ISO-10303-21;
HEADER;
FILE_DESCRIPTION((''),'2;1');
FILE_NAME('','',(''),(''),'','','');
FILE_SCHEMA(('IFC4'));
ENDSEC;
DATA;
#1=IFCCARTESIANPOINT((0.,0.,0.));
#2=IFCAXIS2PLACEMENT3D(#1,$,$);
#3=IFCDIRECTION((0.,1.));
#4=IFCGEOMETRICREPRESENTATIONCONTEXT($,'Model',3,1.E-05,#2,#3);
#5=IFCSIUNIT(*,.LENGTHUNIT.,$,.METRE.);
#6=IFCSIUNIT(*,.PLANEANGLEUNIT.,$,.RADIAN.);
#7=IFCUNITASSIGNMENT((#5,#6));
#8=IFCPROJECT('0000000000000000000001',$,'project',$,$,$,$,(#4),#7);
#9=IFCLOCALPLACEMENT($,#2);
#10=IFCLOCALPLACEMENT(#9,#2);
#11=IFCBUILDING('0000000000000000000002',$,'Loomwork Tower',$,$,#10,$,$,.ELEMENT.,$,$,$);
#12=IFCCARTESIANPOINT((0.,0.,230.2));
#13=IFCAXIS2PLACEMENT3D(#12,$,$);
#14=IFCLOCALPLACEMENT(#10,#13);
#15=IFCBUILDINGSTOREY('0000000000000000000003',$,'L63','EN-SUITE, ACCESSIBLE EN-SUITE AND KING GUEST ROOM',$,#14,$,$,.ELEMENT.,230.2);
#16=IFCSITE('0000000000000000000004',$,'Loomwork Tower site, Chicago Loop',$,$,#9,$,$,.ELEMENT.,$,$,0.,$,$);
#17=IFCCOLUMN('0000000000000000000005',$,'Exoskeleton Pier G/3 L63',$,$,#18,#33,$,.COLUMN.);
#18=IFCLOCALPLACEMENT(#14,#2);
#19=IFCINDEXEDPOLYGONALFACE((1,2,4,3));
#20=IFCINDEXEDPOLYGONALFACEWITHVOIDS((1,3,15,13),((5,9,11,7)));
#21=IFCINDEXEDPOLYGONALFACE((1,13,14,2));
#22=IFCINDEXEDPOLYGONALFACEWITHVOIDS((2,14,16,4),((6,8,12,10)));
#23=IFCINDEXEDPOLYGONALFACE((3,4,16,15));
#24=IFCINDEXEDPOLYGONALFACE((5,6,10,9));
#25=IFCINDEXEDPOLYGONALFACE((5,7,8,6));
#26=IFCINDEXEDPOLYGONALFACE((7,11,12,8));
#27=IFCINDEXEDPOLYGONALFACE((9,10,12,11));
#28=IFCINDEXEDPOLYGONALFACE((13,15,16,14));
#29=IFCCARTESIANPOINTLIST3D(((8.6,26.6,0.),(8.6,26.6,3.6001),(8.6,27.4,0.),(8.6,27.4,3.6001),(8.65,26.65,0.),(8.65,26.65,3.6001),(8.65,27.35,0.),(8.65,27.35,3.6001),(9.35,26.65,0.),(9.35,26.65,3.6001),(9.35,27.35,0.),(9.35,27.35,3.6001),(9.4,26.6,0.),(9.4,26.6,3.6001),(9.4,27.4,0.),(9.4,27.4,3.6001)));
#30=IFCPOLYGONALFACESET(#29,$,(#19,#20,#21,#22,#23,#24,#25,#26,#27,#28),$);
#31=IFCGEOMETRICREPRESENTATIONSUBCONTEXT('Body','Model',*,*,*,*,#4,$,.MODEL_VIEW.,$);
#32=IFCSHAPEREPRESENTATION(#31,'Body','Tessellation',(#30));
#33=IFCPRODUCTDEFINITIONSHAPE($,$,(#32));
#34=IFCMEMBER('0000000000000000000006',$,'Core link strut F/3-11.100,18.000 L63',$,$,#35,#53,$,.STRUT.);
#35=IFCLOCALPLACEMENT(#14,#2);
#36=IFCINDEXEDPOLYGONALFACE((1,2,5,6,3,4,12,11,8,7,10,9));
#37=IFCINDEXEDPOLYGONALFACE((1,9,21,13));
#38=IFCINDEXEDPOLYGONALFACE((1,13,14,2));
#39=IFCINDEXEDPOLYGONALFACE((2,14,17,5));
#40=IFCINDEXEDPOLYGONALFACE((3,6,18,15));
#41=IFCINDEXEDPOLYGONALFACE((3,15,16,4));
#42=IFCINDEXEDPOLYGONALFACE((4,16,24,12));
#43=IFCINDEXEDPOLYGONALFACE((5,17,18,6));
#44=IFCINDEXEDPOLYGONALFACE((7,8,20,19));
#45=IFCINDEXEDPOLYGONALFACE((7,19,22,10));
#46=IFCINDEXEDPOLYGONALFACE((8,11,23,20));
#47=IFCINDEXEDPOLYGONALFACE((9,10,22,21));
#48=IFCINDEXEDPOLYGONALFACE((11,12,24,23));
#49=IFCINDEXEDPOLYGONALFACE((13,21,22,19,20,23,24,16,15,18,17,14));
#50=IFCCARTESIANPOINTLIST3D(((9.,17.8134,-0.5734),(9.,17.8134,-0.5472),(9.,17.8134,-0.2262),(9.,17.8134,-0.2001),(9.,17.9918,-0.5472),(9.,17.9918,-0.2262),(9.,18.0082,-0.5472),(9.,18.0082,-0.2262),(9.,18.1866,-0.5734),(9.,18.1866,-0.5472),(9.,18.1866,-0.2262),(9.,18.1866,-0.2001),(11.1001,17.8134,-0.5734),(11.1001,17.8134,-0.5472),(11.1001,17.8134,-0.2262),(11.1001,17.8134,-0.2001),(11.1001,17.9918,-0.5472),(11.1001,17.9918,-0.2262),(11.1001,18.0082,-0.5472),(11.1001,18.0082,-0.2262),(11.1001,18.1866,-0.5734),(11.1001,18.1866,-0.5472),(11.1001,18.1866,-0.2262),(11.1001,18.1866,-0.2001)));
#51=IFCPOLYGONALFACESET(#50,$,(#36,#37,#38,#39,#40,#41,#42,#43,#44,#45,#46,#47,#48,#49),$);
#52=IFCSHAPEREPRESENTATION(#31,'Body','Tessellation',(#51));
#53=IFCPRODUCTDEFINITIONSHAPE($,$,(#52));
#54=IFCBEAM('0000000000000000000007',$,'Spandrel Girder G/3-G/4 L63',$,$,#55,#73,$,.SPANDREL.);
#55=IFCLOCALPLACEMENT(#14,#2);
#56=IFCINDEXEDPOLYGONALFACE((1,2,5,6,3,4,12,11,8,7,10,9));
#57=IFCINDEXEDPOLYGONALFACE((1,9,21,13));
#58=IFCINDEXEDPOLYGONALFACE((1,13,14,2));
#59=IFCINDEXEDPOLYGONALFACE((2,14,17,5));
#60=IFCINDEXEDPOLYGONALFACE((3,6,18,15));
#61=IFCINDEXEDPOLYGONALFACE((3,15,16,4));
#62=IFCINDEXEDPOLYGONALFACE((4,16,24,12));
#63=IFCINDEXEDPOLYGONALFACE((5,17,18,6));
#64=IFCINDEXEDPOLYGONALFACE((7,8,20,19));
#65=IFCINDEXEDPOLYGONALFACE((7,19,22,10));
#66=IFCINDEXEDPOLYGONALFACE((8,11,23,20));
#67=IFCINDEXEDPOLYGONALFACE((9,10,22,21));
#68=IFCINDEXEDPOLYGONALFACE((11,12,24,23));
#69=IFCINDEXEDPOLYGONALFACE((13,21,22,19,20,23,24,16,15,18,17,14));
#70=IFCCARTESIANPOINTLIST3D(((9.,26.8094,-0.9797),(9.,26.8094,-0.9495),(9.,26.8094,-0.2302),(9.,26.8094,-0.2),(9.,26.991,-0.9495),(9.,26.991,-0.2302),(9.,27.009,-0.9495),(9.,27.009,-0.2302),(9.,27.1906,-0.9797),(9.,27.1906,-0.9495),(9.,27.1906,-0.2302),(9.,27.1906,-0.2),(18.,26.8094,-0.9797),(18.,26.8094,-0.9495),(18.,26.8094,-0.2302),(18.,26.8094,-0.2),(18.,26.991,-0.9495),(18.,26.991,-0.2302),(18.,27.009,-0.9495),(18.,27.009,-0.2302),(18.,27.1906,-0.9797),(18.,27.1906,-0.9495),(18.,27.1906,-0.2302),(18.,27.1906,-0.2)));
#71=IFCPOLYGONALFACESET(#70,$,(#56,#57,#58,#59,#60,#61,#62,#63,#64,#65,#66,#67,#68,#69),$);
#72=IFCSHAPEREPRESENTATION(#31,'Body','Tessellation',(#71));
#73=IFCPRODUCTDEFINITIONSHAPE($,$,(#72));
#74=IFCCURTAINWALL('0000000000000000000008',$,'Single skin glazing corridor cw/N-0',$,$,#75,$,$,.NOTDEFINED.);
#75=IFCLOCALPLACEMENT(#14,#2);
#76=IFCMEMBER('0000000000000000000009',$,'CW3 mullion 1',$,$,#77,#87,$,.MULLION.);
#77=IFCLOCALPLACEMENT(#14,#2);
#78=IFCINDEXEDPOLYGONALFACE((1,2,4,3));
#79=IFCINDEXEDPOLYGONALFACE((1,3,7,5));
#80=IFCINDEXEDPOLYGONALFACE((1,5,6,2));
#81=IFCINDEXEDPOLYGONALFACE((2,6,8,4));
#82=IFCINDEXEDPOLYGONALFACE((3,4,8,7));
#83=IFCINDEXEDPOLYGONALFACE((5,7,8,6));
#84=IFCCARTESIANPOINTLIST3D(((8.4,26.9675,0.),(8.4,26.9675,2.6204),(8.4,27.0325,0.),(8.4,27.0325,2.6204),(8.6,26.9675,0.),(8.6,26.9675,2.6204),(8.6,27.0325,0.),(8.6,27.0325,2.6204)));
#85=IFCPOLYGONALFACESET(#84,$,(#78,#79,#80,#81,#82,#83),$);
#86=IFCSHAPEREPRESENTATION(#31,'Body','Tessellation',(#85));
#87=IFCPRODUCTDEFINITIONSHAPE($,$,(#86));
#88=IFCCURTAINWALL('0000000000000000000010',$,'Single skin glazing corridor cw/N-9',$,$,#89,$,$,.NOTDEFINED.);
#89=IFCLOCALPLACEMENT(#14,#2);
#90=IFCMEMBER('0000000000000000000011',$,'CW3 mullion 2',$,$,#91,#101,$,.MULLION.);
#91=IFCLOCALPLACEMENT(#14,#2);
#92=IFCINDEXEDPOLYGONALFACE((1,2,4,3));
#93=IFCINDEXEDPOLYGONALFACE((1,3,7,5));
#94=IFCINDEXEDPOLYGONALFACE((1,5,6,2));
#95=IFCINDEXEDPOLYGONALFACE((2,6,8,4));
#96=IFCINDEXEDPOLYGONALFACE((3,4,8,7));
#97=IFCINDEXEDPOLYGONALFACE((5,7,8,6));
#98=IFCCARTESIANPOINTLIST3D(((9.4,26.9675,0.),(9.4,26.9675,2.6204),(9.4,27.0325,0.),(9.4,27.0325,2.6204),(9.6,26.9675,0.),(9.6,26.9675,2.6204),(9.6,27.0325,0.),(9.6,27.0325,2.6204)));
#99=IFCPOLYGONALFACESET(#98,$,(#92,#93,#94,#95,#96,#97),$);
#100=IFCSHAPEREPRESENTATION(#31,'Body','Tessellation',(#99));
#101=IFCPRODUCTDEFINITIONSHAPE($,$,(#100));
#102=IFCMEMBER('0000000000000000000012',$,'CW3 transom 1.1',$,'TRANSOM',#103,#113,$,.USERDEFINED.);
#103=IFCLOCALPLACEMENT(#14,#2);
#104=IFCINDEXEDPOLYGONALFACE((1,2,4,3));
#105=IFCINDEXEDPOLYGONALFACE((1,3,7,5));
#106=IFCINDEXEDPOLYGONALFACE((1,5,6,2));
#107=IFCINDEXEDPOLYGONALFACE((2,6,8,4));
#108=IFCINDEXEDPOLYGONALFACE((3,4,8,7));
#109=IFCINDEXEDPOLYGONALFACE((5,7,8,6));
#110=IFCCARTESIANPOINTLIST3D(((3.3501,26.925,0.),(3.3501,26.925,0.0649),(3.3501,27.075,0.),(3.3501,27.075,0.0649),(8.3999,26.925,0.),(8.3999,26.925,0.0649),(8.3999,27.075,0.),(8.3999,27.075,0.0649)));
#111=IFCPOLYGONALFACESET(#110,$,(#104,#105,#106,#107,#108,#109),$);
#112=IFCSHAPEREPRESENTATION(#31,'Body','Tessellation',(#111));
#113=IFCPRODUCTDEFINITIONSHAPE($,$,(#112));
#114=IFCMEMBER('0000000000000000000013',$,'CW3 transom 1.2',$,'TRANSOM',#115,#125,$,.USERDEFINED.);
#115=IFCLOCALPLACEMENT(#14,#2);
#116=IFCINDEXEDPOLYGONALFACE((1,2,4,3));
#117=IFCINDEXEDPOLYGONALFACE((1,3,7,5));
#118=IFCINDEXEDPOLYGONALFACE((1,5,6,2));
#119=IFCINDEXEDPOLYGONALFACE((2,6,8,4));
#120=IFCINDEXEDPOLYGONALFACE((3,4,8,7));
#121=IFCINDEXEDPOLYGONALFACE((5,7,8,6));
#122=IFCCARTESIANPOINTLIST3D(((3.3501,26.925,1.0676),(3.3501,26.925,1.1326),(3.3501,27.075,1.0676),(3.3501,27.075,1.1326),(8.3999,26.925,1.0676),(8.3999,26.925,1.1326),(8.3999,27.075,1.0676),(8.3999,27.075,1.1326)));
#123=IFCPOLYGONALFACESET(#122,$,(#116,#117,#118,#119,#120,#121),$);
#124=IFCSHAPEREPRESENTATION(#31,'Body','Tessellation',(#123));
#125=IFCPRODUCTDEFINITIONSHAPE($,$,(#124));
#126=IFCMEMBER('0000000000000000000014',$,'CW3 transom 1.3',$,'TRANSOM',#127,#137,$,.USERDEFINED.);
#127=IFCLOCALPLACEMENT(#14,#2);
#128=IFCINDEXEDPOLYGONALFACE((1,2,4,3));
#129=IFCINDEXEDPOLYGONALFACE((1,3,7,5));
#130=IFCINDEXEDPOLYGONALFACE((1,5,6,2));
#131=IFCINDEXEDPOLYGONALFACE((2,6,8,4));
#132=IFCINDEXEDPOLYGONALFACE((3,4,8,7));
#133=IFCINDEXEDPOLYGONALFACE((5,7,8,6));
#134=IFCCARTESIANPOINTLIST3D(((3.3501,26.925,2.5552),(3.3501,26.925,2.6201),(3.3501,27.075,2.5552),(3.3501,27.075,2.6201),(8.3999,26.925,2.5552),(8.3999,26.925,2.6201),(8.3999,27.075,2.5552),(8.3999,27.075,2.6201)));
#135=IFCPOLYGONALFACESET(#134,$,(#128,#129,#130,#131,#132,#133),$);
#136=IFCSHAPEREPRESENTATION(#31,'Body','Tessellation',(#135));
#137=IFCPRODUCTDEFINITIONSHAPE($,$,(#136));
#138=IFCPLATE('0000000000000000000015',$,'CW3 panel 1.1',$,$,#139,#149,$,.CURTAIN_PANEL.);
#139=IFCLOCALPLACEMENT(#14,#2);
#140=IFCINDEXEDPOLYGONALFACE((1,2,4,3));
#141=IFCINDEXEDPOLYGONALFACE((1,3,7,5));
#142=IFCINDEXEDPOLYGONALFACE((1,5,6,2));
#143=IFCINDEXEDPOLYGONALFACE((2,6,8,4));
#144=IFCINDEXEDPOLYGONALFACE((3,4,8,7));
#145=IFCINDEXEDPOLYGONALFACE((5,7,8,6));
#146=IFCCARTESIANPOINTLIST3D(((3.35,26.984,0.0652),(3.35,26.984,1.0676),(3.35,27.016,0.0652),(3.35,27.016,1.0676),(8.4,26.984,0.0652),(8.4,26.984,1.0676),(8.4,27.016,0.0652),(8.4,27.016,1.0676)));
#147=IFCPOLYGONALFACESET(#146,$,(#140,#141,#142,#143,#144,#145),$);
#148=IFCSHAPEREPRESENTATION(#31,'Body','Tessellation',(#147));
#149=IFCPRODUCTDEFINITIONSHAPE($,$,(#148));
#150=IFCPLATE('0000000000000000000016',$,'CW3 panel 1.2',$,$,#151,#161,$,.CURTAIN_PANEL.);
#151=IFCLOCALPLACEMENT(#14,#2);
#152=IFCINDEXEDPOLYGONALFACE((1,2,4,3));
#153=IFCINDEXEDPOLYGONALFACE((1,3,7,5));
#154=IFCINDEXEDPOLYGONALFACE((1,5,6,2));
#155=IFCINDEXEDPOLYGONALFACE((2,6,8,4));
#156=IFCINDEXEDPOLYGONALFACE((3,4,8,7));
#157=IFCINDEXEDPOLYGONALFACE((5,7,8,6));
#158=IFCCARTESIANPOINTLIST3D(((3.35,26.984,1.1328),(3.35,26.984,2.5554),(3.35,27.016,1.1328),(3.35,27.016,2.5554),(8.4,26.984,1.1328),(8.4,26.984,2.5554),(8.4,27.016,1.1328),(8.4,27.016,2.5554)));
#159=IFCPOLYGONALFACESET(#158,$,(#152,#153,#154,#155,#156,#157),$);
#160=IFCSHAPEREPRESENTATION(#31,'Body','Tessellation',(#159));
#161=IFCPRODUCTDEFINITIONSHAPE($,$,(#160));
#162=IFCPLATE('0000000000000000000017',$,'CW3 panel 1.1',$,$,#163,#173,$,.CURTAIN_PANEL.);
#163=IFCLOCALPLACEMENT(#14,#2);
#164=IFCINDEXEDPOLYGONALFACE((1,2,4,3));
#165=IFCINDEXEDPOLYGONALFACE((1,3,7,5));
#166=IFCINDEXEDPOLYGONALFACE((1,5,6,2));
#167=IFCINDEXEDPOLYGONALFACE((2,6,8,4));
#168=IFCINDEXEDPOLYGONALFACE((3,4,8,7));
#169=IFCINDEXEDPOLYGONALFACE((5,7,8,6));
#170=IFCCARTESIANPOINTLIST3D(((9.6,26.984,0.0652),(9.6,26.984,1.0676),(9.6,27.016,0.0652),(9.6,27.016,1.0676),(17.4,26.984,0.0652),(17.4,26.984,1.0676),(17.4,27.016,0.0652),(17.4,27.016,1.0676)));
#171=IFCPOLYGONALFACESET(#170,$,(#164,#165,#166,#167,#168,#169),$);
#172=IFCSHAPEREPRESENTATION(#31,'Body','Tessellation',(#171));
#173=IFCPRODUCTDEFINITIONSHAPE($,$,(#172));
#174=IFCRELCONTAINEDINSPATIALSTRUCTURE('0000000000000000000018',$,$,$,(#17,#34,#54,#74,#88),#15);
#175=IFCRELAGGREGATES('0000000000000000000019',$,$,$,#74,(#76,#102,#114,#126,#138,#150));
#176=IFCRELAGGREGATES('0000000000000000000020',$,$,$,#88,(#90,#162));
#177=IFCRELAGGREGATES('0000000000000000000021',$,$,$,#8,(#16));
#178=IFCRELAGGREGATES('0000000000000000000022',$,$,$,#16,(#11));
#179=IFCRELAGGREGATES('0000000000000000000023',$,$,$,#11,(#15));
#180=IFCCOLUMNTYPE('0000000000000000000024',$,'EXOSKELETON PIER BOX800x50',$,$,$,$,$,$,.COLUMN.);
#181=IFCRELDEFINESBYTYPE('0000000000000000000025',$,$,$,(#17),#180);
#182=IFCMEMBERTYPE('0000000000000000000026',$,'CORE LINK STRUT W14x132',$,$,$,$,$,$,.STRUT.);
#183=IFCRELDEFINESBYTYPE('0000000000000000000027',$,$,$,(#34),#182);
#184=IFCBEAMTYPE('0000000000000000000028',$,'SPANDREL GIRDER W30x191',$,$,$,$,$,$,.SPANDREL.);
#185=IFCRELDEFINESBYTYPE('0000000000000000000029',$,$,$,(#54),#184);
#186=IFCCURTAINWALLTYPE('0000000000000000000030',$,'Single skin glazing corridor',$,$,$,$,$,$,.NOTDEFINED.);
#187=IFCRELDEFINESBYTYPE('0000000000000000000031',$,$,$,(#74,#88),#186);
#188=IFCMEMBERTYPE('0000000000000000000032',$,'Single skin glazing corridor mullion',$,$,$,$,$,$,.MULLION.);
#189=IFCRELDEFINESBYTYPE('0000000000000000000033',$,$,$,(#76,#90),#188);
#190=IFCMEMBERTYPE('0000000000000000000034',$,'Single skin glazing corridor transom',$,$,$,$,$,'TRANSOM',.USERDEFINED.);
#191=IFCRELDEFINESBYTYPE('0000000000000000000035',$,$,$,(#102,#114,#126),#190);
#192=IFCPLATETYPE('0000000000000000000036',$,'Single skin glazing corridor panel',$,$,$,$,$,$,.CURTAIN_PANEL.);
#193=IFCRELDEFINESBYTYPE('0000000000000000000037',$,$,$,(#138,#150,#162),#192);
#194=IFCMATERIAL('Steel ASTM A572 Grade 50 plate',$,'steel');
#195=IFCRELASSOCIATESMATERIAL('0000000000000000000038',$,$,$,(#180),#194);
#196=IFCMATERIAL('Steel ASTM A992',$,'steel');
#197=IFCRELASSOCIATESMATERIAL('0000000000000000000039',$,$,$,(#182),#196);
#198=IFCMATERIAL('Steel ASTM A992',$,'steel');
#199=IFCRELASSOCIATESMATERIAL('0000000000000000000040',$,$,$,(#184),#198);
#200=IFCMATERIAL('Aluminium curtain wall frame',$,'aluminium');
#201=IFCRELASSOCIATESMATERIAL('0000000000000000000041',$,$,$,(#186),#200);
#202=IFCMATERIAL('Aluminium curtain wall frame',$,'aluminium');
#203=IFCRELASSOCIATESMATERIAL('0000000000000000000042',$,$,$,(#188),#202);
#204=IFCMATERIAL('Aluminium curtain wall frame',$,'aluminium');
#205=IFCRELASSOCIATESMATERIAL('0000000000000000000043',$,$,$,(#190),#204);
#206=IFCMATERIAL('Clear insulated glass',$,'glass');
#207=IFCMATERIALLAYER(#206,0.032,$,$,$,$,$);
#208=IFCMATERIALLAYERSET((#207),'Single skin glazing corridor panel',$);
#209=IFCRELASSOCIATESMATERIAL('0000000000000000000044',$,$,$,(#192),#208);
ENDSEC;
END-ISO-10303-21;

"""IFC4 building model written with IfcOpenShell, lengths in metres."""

from ifc_helpers import new_model, si_unit, direction, frame, origin, origin_2d, place, context, subcontext, project, spatial, rectangle, hollow_rectangle, i_section, extrude, material, layer, layer_set, material_profile, profile_set, type_object, element, aggregate, save


model = new_model("IFC4")

# Units and contexts
model_context = context("Model", 3, precision=1e-05, world=origin(), true_north=direction((0.0, 1.0)))
body_context = subcontext(model_context, "Body", "Model", "MODEL_VIEW")
ifc_project = project(units=[si_unit("LENGTHUNIT", "METRE"), si_unit("PLANEANGLEUNIT", "RADIAN")], contexts=[model_context])

# Site, building, storey
site_placement = place(None, origin())
site = spatial("IfcSite", under=ifc_project, at=site_placement, Name="Loomwork Tower site, Chicago Loop", CompositionType="ELEMENT", RefElevation=0.0)
building_placement = place(site_placement, origin())
building = spatial("IfcBuilding", under=site, at=building_placement, Name="Loomwork Tower", CompositionType="ELEMENT")
storey_placement = place(building_placement, frame((0.0, 0.0, 230.2)))
storey = spatial("IfcBuildingStorey", under=building, at=storey_placement, Name="L63", Description="EN-SUITE, ACCESSIBLE EN-SUITE AND KING GUEST ROOM", CompositionType="ELEMENT", Elevation=230.2)

# Column
ifc_material_1 = material(Name="Steel ASTM A572 Grade 50 plate", Category="steel")
ifc_material_profile_1 = material_profile(ifc_material_1, hollow_rectangle(XDim=0.8, YDim=0.8, WallThickness=0.05, at=origin_2d()), Name="BOX800x50")
ifc_profile_set_1 = profile_set([ifc_material_profile_1], Name="Steel ASTM A572 Grade 50 plate")
column_type = type_object("IfcColumnType", Name="EXOSKELETON PIER BOX800x50", PredefinedType="COLUMN", material=ifc_profile_set_1)
column_placement = place(storey_placement, frame((9.0, 27.0, 0.0), z_axis=(0.0, 0.0, 1.0), x_axis=(1.0, 0.0, 0.0)))
element("IfcColumn", 1, at=column_placement, inside=storey, type_object=column_type, Name="Exoskeleton Pier G/3 L63", PredefinedType="COLUMN", context=body_context, shape_type="SweptSolid", body=[
    extrude(hollow_rectangle(XDim=0.8, YDim=0.8, WallThickness=0.05, at=origin_2d()), origin(), (0.0, 0.0, 1.0), 3.6001),
])

# Member
ifc_material_2 = material(Name="Steel ASTM A992", Category="steel")
ifc_material_profile_2 = material_profile(ifc_material_2, i_section(OverallWidth=0.3733, OverallDepth=0.3733, WebThickness=0.0164, FlangeThickness=0.0261, at=origin_2d()), Name="W14x132")
ifc_profile_set_2 = profile_set([ifc_material_profile_2], Name="Steel ASTM A992")
member_type_1 = type_object("IfcMemberType", Name="CORE LINK STRUT W14x132", PredefinedType="STRUT", material=ifc_profile_set_2)
member_1_placement = place(storey_placement, frame((9.0, 18.0, -0.3867), z_axis=(1.0, 0.0, 0.0), x_axis=(0.0, 1.0, 0.0)))
element("IfcMember", 2, at=member_1_placement, inside=storey, type_object=member_type_1, Name="Core link strut F/3-11.100,18.000 L63", PredefinedType="STRUT", context=body_context, shape_type="SweptSolid", body=[
    extrude(i_section(OverallWidth=0.3733, OverallDepth=0.3733, WebThickness=0.0164, FlangeThickness=0.0261, at=origin_2d()), origin(), (0.0, 0.0, 1.0), 2.1001),
])

# Beam
ifc_material_3 = material(Name="Steel ASTM A992", Category="steel")
ifc_material_profile_3 = material_profile(ifc_material_3, i_section(OverallWidth=0.3811, OverallDepth=0.7798, WebThickness=0.0181, FlangeThickness=0.0303, at=origin_2d()), Name="W30x191")
ifc_profile_set_3 = profile_set([ifc_material_profile_3], Name="Steel ASTM A992")
beam_type = type_object("IfcBeamType", Name="SPANDREL GIRDER W30x191", PredefinedType="SPANDREL", material=ifc_profile_set_3)
beam_placement = place(storey_placement, frame((9.0, 27.0, -0.5898), z_axis=(1.0, 0.0, 0.0), x_axis=(0.0, 1.0, 0.0)))
element("IfcBeam", 3, at=beam_placement, inside=storey, type_object=beam_type, Name="Spandrel Girder G/3-G/4 L63", PredefinedType="SPANDREL", context=body_context, shape_type="SweptSolid", body=[
    extrude(i_section(OverallWidth=0.3811, OverallDepth=0.7798, WebThickness=0.0181, FlangeThickness=0.0303, at=origin_2d()), origin(), (0.0, 0.0, 1.0), 9.0),
])

# Curtain walls, members
ifc_material_4 = material(Name="Aluminium curtain wall frame", Category="aluminium")
curtain_wall_type = type_object("IfcCurtainWallType", Name="Single skin glazing corridor", PredefinedType="NOTDEFINED", material=ifc_material_4)
curtain_wall_1_placement = place(storey_placement, origin())
curtain_wall_1 = element("IfcCurtainWall", 4, at=curtain_wall_1_placement, inside=storey, type_object=curtain_wall_type, Name="Single skin glazing corridor cw/N-0", PredefinedType="NOTDEFINED")
ifc_material_5 = material(Name="Aluminium curtain wall frame", Category="aluminium")
ifc_material_profile_4 = material_profile(ifc_material_5, rectangle(XDim=0.0649, YDim=0.2, at=origin_2d()), Name="AL 65x200")
ifc_profile_set_4 = profile_set([ifc_material_profile_4], Name="Aluminium curtain wall frame")
member_type_2 = type_object("IfcMemberType", Name="Single skin glazing corridor mullion", PredefinedType="MULLION", material=ifc_profile_set_4)
member_2_placement = place(storey_placement, frame((8.5, 27.0, 0.0), z_axis=(0.0, 0.0, 1.0), x_axis=(0.0, -1.0, 0.0)))
member_2 = element("IfcMember", 5, at=member_2_placement, type_object=member_type_2, Name="CW3 mullion 1", PredefinedType="MULLION", context=body_context, shape_type="SweptSolid", body=[
    extrude(rectangle(XDim=0.0649, YDim=0.2, at=origin_2d()), origin(), (0.0, 0.0, 1.0), 2.6204),
])
curtain_wall_2_placement = place(storey_placement, origin())
curtain_wall_2 = element("IfcCurtainWall", 6, at=curtain_wall_2_placement, inside=storey, type_object=curtain_wall_type, Name="Single skin glazing corridor cw/N-9", PredefinedType="NOTDEFINED")
member_3_placement = place(storey_placement, frame((9.5, 27.0, 0.0), z_axis=(0.0, 0.0, 1.0), x_axis=(0.0, -1.0, 0.0)))
member_3 = element("IfcMember", 7, at=member_3_placement, type_object=member_type_2, Name="CW3 mullion 2", PredefinedType="MULLION", context=body_context, shape_type="SweptSolid", body=[
    extrude(rectangle(XDim=0.0649, YDim=0.2, at=origin_2d()), origin(), (0.0, 0.0, 1.0), 2.6204),
])

# Members
ifc_material_6 = material(Name="Aluminium curtain wall frame", Category="aluminium")
ifc_material_profile_5 = material_profile(ifc_material_6, rectangle(XDim=0.1499, YDim=0.0649, at=origin_2d()), Name="AL 65x150")
ifc_profile_set_5 = profile_set([ifc_material_profile_5], Name="Aluminium curtain wall frame")
member_type_3 = type_object("IfcMemberType", Name="Single skin glazing corridor transom", ElementType="TRANSOM", PredefinedType="USERDEFINED", material=ifc_profile_set_5)
member_4_placement = place(storey_placement, frame((8.3999, 27.0, 0.0325), z_axis=(-1.0, 0.0, 0.0), x_axis=(0.0, -1.0, 0.0)))
member_4 = element("IfcMember", 8, at=member_4_placement, type_object=member_type_3, Name="CW3 transom 1.1", ObjectType="TRANSOM", PredefinedType="USERDEFINED", context=body_context, shape_type="SweptSolid", body=[
    extrude(rectangle(XDim=0.1499, YDim=0.0649, at=origin_2d()), origin(), (0.0, 0.0, 1.0), 5.0498),
])
member_5_placement = place(storey_placement, frame((8.3999, 27.0, 1.1001), z_axis=(-1.0, 0.0, 0.0), x_axis=(0.0, -1.0, 0.0)))
member_5 = element("IfcMember", 9, at=member_5_placement, type_object=member_type_3, Name="CW3 transom 1.2", ObjectType="TRANSOM", PredefinedType="USERDEFINED", context=body_context, shape_type="SweptSolid", body=[
    extrude(rectangle(XDim=0.1499, YDim=0.0649, at=origin_2d()), origin(), (0.0, 0.0, 1.0), 5.0498),
])
member_6_placement = place(storey_placement, frame((8.3999, 27.0, 2.5876), z_axis=(-1.0, 0.0, 0.0), x_axis=(0.0, -1.0, 0.0)))
member_6 = element("IfcMember", 10, at=member_6_placement, type_object=member_type_3, Name="CW3 transom 1.3", ObjectType="TRANSOM", PredefinedType="USERDEFINED", context=body_context, shape_type="SweptSolid", body=[
    extrude(rectangle(XDim=0.1499, YDim=0.0649, at=origin_2d()), origin(), (0.0, 0.0, 1.0), 5.0498),
])

# Plates
ifc_material_7 = material(Name="Clear insulated glass", Category="glass")
ifc_layer_1 = layer(ifc_material_7, 0.032)
ifc_layer_set_1 = layer_set([ifc_layer_1], Name="Single skin glazing corridor panel")
plate_type = type_object("IfcPlateType", Name="Single skin glazing corridor panel", PredefinedType="CURTAIN_PANEL", material=ifc_layer_set_1)
plate_1_placement = place(storey_placement, frame((5.875, 27.0, 0.0652), z_axis=(0.0, 0.0, 1.0), x_axis=(-1.0, 0.0, 0.0)))
plate_1 = element("IfcPlate", 11, at=plate_1_placement, type_object=plate_type, Name="CW3 panel 1.1", PredefinedType="CURTAIN_PANEL", context=body_context, shape_type="SweptSolid", body=[
    extrude(rectangle(XDim=5.05, YDim=0.032, at=origin_2d()), origin(), (0.0, 0.0, 1.0), 1.0024),
])
plate_2_placement = place(storey_placement, frame((5.875, 27.0, 1.1328), z_axis=(0.0, 0.0, 1.0), x_axis=(-1.0, 0.0, 0.0)))
plate_2 = element("IfcPlate", 12, at=plate_2_placement, type_object=plate_type, Name="CW3 panel 1.2", PredefinedType="CURTAIN_PANEL", context=body_context, shape_type="SweptSolid", body=[
    extrude(rectangle(XDim=5.05, YDim=0.032, at=origin_2d()), origin(), (0.0, 0.0, 1.0), 1.4226),
])
aggregate(curtain_wall_1, [member_2, member_4, member_5, member_6, plate_1, plate_2])
plate_3_placement = place(storey_placement, frame((13.5, 27.0, 0.0652), z_axis=(0.0, 0.0, 1.0), x_axis=(-1.0, 0.0, 0.0)))
plate_3 = element("IfcPlate", 13, at=plate_3_placement, type_object=plate_type, Name="CW3 panel 1.1", PredefinedType="CURTAIN_PANEL", context=body_context, shape_type="SweptSolid", body=[
    extrude(rectangle(XDim=7.8, YDim=0.032, at=origin_2d()), origin(), (0.0, 0.0, 1.0), 1.0024),
])
aggregate(curtain_wall_2, [member_3, plate_3])

save(model, "model.ifc")
